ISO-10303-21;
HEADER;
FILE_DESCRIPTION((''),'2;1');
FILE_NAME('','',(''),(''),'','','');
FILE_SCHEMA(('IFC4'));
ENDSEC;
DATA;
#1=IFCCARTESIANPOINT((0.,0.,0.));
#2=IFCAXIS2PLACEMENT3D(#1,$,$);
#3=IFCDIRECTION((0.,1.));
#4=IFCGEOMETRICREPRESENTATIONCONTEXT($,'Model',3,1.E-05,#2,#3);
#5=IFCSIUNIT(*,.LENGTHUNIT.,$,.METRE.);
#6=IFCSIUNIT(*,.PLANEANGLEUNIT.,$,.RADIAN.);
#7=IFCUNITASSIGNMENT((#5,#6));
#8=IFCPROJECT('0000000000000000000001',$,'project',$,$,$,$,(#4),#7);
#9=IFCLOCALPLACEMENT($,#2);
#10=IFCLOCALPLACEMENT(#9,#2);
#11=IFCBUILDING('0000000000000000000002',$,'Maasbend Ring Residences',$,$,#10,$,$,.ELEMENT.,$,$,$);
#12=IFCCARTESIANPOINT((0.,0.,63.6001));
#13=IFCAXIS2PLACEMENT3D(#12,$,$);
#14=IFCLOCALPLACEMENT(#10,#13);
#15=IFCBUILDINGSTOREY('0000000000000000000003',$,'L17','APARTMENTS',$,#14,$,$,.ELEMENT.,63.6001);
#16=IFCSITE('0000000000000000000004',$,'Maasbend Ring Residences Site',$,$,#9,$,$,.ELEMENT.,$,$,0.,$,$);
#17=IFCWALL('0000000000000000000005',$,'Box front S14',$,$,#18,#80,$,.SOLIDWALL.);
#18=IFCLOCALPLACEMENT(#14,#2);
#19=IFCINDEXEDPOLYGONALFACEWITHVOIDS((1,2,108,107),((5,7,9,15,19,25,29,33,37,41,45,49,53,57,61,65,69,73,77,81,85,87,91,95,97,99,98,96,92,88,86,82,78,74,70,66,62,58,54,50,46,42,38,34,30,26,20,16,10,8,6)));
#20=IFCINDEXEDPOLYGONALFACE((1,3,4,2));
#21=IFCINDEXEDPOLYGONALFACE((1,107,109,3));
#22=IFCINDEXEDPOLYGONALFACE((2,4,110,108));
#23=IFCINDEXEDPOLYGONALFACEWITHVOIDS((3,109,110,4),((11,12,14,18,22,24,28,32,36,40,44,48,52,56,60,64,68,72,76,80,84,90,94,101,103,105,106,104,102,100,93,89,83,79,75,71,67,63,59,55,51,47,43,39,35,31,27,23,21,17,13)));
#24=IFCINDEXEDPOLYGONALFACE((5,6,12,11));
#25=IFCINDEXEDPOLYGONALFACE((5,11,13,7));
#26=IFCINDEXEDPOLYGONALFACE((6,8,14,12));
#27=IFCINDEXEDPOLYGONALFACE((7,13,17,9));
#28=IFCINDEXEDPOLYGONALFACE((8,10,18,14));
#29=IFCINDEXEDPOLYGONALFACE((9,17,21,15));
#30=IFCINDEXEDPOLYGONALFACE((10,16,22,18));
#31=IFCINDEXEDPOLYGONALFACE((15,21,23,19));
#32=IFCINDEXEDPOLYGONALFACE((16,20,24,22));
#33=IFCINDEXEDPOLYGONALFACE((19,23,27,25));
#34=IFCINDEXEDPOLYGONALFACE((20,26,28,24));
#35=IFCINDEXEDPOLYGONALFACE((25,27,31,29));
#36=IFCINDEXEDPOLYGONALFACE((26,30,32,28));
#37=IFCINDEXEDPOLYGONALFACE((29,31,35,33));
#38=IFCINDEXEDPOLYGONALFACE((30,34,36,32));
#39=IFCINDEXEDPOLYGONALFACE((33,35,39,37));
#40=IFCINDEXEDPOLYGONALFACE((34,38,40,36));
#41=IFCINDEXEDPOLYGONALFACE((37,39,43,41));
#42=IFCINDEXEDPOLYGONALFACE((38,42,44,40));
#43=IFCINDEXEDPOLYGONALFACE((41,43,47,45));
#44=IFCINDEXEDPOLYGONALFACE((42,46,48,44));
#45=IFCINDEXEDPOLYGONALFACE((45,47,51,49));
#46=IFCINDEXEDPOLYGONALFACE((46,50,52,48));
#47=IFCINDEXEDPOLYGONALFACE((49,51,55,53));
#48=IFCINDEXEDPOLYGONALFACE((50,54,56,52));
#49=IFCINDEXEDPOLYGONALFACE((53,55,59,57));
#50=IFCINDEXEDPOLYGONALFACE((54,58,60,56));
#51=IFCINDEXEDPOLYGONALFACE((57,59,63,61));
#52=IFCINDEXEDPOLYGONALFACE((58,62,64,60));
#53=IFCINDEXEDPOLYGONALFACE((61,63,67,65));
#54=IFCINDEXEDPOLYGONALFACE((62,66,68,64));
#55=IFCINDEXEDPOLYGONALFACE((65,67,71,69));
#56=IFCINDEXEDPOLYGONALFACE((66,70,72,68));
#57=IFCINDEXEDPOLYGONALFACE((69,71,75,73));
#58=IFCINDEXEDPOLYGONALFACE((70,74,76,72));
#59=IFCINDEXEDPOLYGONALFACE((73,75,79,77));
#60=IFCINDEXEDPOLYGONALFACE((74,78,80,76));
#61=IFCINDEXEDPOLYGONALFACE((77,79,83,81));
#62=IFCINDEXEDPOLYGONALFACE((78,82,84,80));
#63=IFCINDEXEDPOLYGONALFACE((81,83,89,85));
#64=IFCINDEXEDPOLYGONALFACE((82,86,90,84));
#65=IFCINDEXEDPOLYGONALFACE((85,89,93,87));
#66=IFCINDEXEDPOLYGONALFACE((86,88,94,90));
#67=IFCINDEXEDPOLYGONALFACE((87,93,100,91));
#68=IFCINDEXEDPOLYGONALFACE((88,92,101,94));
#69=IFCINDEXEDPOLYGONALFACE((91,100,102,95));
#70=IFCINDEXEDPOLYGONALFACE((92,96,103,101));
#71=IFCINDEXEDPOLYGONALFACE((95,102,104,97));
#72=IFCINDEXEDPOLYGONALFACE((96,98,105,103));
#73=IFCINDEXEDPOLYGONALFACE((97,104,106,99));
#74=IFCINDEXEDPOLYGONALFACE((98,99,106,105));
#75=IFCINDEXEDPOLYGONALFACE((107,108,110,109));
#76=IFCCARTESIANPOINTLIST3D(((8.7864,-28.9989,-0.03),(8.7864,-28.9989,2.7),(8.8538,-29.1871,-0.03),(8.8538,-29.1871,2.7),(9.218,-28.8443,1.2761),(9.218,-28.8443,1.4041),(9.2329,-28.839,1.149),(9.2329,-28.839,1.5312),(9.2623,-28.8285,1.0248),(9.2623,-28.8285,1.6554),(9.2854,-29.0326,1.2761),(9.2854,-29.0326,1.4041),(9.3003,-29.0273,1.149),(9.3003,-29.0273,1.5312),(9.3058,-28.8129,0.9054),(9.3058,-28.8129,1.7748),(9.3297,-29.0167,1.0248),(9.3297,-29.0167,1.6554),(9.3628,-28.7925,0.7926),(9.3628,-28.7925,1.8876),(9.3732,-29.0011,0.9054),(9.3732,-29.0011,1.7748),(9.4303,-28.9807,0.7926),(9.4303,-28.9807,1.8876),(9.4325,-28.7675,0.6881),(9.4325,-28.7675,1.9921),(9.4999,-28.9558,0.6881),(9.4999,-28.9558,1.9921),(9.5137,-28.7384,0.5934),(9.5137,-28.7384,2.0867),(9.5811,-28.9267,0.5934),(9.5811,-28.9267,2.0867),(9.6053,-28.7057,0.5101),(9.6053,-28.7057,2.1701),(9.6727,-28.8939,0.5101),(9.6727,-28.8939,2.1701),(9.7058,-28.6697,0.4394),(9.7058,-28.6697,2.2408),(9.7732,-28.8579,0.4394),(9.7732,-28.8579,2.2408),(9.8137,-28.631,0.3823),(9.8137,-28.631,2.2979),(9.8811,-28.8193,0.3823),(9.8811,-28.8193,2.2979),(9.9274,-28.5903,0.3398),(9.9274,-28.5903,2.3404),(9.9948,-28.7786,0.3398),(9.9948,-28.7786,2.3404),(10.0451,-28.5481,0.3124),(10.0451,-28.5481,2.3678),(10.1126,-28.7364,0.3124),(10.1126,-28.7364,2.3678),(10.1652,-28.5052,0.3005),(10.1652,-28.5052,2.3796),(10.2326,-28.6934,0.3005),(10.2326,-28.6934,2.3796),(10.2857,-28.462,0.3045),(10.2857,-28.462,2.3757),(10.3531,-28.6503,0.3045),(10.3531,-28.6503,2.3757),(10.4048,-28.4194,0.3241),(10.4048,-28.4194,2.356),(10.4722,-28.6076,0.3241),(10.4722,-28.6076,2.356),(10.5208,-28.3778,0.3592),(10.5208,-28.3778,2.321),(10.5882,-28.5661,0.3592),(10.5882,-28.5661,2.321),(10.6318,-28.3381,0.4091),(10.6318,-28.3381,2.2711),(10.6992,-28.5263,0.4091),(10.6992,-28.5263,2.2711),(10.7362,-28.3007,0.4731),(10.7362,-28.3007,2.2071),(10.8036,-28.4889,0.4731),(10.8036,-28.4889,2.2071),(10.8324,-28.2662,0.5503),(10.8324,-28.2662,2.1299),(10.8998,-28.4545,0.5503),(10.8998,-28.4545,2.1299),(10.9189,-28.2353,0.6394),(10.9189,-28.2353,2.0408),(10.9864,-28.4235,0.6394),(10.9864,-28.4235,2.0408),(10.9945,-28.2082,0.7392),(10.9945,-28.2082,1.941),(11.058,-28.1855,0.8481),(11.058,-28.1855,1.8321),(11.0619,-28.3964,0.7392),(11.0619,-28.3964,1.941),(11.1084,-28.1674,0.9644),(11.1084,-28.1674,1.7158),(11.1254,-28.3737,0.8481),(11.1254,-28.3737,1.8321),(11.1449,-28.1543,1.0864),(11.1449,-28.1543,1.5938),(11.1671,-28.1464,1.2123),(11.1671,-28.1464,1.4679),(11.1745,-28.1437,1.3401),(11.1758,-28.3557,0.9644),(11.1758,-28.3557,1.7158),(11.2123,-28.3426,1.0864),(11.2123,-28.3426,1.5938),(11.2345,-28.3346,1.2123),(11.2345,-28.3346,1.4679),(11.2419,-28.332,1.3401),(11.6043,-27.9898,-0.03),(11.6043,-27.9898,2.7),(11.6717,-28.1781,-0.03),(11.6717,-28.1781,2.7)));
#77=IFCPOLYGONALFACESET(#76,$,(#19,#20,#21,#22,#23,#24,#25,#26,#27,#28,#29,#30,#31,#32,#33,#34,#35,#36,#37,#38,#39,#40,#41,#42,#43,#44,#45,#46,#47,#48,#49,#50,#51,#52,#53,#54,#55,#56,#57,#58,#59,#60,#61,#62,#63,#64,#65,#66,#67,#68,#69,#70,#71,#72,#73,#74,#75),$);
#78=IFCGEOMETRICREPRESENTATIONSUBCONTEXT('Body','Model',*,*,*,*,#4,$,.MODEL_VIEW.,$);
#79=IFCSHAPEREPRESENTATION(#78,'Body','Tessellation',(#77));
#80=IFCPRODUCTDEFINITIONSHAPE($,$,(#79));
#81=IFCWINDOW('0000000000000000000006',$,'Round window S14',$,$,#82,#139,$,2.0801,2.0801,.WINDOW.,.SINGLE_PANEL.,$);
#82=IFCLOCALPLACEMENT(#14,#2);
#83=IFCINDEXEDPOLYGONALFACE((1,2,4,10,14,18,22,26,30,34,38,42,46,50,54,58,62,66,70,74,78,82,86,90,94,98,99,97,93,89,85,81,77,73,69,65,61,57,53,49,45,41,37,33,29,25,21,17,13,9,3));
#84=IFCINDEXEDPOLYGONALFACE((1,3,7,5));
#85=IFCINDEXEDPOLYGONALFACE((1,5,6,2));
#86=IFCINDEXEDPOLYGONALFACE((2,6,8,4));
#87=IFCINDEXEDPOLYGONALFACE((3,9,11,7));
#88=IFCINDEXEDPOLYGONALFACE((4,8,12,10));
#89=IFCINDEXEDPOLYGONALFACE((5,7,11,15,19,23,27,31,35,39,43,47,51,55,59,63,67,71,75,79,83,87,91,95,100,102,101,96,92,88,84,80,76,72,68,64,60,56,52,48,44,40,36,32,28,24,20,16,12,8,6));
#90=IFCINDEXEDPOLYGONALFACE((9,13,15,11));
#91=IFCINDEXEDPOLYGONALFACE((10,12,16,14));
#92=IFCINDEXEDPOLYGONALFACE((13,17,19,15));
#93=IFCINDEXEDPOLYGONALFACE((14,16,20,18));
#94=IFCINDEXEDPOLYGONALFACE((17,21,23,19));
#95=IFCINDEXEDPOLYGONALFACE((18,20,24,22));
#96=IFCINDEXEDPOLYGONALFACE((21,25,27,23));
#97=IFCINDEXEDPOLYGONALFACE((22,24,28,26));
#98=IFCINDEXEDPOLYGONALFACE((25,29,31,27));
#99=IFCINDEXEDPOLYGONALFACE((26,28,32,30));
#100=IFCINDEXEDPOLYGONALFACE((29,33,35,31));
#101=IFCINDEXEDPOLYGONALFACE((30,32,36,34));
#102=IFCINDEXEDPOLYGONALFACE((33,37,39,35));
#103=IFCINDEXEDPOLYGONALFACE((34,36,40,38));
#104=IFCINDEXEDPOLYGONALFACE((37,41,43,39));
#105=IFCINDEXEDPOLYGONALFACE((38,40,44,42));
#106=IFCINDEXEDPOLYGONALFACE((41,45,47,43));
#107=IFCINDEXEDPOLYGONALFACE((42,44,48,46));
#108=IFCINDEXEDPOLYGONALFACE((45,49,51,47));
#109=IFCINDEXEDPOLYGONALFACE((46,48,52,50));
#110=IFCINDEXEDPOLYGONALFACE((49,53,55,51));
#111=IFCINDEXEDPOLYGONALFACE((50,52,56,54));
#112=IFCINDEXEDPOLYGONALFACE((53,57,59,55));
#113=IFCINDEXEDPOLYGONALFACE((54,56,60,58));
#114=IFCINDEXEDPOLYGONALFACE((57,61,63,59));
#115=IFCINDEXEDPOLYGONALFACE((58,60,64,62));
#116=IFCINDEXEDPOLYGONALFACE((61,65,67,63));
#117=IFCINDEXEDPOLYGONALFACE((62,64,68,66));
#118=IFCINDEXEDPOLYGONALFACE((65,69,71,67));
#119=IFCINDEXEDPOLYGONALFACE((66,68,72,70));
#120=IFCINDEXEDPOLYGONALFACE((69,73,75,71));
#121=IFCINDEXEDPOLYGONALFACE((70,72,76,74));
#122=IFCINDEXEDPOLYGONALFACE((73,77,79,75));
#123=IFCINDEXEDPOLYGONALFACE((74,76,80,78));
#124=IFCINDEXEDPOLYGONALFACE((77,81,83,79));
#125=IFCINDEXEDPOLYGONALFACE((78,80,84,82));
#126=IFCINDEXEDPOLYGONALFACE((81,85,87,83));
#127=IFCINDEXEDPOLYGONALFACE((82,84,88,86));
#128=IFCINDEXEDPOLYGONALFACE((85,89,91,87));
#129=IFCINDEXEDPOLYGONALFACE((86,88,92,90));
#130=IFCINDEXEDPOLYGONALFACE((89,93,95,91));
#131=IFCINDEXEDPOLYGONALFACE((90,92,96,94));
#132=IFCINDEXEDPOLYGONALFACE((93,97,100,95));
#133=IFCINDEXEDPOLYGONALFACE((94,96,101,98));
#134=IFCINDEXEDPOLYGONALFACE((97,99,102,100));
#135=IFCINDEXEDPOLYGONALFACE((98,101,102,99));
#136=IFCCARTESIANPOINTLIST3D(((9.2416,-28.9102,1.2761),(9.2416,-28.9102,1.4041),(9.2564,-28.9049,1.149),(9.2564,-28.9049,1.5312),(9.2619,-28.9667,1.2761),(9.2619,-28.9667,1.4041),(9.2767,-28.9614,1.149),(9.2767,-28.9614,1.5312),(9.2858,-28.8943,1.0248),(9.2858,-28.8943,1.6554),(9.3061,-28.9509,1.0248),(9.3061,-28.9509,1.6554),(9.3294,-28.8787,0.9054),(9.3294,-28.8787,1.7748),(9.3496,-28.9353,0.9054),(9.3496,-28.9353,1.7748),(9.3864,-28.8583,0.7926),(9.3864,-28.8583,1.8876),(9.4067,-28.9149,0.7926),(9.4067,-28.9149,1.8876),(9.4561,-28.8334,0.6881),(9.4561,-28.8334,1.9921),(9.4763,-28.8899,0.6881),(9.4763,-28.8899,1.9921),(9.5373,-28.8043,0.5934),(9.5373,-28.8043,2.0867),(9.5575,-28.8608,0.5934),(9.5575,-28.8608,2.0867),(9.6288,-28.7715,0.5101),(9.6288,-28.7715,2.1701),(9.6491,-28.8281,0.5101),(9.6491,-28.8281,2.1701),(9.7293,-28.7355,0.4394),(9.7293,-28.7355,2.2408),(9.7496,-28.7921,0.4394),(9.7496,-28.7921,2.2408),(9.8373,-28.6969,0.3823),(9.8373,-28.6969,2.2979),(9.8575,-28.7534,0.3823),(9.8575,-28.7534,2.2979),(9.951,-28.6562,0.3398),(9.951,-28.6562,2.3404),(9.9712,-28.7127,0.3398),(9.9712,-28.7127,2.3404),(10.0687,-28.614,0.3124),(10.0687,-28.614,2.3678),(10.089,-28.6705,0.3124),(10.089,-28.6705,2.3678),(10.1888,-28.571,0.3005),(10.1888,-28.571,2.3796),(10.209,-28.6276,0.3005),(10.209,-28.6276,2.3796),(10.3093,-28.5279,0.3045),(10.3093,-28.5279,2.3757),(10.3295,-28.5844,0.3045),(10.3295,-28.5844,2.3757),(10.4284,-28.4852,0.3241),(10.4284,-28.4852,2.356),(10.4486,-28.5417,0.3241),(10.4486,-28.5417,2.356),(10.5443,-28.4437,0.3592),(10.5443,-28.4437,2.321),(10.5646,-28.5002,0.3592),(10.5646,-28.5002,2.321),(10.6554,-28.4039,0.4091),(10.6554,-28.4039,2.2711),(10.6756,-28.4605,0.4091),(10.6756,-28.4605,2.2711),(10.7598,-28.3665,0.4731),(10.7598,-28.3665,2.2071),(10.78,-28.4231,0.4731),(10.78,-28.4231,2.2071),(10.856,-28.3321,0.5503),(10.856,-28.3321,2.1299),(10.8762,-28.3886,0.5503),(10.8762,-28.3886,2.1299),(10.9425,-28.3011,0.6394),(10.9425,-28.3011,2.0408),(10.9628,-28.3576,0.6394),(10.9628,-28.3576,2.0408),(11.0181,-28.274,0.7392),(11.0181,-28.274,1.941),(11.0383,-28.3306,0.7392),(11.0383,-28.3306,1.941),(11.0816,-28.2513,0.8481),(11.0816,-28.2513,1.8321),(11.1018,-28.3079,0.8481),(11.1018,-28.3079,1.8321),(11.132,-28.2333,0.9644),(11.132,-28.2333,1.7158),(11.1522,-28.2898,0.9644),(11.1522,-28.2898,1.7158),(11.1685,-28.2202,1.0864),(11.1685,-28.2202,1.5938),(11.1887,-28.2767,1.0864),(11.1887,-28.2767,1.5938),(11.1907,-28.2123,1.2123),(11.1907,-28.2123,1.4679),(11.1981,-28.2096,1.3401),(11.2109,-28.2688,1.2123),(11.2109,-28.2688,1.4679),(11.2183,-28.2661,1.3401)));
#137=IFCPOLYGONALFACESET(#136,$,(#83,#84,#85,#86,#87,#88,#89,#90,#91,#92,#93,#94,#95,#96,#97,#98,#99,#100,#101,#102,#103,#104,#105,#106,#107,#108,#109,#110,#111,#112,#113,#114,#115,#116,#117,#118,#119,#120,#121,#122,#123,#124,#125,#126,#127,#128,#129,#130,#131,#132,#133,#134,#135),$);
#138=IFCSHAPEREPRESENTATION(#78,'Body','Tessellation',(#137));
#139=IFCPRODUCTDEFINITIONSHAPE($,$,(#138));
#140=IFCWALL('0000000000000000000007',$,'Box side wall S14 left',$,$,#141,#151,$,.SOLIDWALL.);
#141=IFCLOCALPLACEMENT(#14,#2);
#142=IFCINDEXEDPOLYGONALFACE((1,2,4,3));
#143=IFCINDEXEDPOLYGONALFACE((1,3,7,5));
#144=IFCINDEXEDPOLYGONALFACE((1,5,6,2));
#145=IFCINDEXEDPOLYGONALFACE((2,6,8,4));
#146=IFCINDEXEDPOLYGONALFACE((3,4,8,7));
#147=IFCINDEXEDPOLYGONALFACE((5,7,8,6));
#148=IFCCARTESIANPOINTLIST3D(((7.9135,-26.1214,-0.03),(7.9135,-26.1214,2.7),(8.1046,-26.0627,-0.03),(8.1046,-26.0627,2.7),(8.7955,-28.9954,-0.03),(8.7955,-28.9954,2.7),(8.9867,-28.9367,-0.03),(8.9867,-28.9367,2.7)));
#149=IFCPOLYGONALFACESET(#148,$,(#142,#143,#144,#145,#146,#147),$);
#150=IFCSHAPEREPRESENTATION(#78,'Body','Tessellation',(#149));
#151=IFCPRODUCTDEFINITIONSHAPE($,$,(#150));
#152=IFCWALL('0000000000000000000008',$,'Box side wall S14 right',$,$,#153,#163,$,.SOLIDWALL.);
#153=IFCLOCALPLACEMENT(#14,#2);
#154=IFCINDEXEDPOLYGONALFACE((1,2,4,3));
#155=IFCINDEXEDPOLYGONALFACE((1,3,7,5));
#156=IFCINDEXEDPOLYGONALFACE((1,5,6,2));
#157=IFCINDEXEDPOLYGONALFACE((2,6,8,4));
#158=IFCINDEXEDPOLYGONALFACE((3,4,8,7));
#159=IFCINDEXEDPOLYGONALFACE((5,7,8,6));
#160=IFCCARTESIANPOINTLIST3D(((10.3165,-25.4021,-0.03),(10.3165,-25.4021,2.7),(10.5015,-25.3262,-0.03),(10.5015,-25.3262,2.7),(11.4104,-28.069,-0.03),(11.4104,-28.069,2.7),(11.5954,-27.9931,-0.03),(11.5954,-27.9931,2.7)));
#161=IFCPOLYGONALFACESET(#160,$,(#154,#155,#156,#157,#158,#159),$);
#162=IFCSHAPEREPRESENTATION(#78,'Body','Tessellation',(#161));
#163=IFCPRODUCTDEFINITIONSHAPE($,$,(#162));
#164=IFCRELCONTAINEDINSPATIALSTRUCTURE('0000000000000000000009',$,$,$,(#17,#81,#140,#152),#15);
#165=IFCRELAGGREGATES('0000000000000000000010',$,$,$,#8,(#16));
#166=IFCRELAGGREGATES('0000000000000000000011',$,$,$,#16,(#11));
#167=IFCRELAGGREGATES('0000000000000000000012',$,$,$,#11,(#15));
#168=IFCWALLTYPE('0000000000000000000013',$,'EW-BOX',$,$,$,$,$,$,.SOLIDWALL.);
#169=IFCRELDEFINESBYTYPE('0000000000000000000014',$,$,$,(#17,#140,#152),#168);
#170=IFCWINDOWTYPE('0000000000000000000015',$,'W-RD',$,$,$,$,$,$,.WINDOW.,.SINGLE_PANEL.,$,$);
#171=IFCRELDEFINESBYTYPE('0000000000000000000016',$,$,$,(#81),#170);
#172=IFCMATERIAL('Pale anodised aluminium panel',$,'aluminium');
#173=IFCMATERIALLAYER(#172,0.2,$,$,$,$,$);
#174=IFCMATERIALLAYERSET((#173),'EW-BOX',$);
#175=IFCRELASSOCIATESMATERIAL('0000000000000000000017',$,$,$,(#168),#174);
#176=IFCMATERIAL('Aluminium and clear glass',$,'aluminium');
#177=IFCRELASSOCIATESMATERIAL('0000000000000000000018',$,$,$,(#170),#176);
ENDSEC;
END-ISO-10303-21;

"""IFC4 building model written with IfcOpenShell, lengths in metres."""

from ifc_helpers import new_model, si_unit, direction, frame, frame_2d, origin, place, context, subcontext, project, spatial, rectangle, circle, extrude, material, layer, layer_set, type_object, element, fill, save


model = new_model("IFC4")

# Units and contexts
model_context = context("Model", 3, precision=1e-05, world=origin(), true_north=direction((0.0, 1.0)))
body_context = subcontext(model_context, "Body", "Model", "MODEL_VIEW")
ifc_project = project(units=[si_unit("LENGTHUNIT", "METRE"), si_unit("PLANEANGLEUNIT", "RADIAN")], contexts=[model_context])

# Site, building, storey
site_placement = place(None, origin())
site = spatial("IfcSite", under=ifc_project, at=site_placement, Name="Maasbend Ring Residences Site", CompositionType="ELEMENT", RefElevation=0.0)
building_placement = place(site_placement, origin())
building = spatial("IfcBuilding", under=site, at=building_placement, Name="Maasbend Ring Residences", CompositionType="ELEMENT")
storey_placement = place(building_placement, frame((0.0, 0.0, 63.6001)))
storey = spatial("IfcBuildingStorey", under=building, at=storey_placement, Name="L17", Description="APARTMENTS", CompositionType="ELEMENT", Elevation=63.6001)

# Shared definitions
ifc_material_1 = material(Name="Pale anodised aluminium panel", Category="aluminium")
ifc_layer_1 = layer(ifc_material_1, 0.2)
ifc_layer_set_1 = layer_set([ifc_layer_1], Name="EW-BOX")
wall_type_1 = type_object("IfcWallType", Name="EW-BOX", PredefinedType="SOLIDWALL", material=ifc_layer_set_1)
ifc_material_2 = material(Name="Aluminium and clear glass", Category="aluminium")
window_type_1 = type_object("IfcWindowType", Name="W-RD", PartitioningType="SINGLE_PANEL", PredefinedType="WINDOW", material=ifc_material_2)

# Wall, opening, window
wall_1_placement = place(storey_placement, frame((8.8201, -29.093, -0.03), z_axis=(0.0, 0.0, 1.0), x_axis=(0.941461, 0.337122, 0.0)))
wall_1 = element("IfcWall", 1, at=wall_1_placement, inside=storey, type_object=wall_type_1, Name="Box front S14", PredefinedType="SOLIDWALL", context=body_context, shape_type="SweptSolid", body=[
    extrude(rectangle(XDim=2.9932, YDim=0.2, at=frame_2d((1.4966, 0.0))), origin(), (0.0, 0.0, 1.0), 2.73),
])
opening_1_placement = place(wall_1_placement, frame((0.4565, 0.0, 0.3301)))
opening_1 = element("IfcOpeningElement", 2, at=opening_1_placement, cuts=wall_1, PredefinedType="OPENING", context=body_context, shape_type="SweptSolid", body=[
    extrude(circle(Radius=1.04, at=frame_2d((1.04, 1.04))), frame((0.0, 0.1099, 0.0), z_axis=(0.0, -1.0, 0.0), x_axis=(1.0, 0.0, 0.0)), (0.0, 0.0, 1.0), 0.22),
])
window_1_placement = place(opening_1_placement, origin())
window_1 = element("IfcWindow", 3, at=window_1_placement, inside=storey, type_object=window_type_1, Name="Round window S14", OverallHeight=2.0801, OverallWidth=2.0801, PartitioningType="SINGLE_PANEL", PredefinedType="WINDOW", context=body_context, shape_type="SweptSolid", body=[
    extrude(circle(Radius=1.04, at=frame_2d((1.04, 1.04))), frame((0.0, 0.03, 0.0), z_axis=(0.0, -1.0, 0.0), x_axis=(1.0, 0.0, 0.0)), (0.0, 0.0, 1.0), 0.0601),
])
fill(opening_1, window_1)

# Walls
wall_2_placement = place(storey_placement, frame((8.009, -26.092, -0.03), z_axis=(0.0, 0.0, 1.0), x_axis=(0.293407, -0.955988, 0.0)))
element("IfcWall", 4, at=wall_2_placement, inside=storey, type_object=wall_type_1, Name="Box side wall S14 left", PredefinedType="SOLIDWALL", context=body_context, shape_type="SweptSolid", body=[
    extrude(rectangle(XDim=3.0063, YDim=0.2, at=frame_2d((1.5032, 0.0))), origin(), (0.0, 0.0, 1.0), 2.73),
])
wall_3_placement = place(storey_placement, frame((10.4089, -25.364, -0.03), z_axis=(0.0, 0.0, 1.0), x_axis=(0.37951, -0.925188, 0.0)))
element("IfcWall", 5, at=wall_3_placement, inside=storey, type_object=wall_type_1, Name="Box side wall S14 right", PredefinedType="SOLIDWALL", context=body_context, shape_type="SweptSolid", body=[
    extrude(rectangle(XDim=2.8826, YDim=0.2, at=frame_2d((1.4414, 0.0))), origin(), (0.0, 0.0, 1.0), 2.73),
])

save(model, "model.ifc")
